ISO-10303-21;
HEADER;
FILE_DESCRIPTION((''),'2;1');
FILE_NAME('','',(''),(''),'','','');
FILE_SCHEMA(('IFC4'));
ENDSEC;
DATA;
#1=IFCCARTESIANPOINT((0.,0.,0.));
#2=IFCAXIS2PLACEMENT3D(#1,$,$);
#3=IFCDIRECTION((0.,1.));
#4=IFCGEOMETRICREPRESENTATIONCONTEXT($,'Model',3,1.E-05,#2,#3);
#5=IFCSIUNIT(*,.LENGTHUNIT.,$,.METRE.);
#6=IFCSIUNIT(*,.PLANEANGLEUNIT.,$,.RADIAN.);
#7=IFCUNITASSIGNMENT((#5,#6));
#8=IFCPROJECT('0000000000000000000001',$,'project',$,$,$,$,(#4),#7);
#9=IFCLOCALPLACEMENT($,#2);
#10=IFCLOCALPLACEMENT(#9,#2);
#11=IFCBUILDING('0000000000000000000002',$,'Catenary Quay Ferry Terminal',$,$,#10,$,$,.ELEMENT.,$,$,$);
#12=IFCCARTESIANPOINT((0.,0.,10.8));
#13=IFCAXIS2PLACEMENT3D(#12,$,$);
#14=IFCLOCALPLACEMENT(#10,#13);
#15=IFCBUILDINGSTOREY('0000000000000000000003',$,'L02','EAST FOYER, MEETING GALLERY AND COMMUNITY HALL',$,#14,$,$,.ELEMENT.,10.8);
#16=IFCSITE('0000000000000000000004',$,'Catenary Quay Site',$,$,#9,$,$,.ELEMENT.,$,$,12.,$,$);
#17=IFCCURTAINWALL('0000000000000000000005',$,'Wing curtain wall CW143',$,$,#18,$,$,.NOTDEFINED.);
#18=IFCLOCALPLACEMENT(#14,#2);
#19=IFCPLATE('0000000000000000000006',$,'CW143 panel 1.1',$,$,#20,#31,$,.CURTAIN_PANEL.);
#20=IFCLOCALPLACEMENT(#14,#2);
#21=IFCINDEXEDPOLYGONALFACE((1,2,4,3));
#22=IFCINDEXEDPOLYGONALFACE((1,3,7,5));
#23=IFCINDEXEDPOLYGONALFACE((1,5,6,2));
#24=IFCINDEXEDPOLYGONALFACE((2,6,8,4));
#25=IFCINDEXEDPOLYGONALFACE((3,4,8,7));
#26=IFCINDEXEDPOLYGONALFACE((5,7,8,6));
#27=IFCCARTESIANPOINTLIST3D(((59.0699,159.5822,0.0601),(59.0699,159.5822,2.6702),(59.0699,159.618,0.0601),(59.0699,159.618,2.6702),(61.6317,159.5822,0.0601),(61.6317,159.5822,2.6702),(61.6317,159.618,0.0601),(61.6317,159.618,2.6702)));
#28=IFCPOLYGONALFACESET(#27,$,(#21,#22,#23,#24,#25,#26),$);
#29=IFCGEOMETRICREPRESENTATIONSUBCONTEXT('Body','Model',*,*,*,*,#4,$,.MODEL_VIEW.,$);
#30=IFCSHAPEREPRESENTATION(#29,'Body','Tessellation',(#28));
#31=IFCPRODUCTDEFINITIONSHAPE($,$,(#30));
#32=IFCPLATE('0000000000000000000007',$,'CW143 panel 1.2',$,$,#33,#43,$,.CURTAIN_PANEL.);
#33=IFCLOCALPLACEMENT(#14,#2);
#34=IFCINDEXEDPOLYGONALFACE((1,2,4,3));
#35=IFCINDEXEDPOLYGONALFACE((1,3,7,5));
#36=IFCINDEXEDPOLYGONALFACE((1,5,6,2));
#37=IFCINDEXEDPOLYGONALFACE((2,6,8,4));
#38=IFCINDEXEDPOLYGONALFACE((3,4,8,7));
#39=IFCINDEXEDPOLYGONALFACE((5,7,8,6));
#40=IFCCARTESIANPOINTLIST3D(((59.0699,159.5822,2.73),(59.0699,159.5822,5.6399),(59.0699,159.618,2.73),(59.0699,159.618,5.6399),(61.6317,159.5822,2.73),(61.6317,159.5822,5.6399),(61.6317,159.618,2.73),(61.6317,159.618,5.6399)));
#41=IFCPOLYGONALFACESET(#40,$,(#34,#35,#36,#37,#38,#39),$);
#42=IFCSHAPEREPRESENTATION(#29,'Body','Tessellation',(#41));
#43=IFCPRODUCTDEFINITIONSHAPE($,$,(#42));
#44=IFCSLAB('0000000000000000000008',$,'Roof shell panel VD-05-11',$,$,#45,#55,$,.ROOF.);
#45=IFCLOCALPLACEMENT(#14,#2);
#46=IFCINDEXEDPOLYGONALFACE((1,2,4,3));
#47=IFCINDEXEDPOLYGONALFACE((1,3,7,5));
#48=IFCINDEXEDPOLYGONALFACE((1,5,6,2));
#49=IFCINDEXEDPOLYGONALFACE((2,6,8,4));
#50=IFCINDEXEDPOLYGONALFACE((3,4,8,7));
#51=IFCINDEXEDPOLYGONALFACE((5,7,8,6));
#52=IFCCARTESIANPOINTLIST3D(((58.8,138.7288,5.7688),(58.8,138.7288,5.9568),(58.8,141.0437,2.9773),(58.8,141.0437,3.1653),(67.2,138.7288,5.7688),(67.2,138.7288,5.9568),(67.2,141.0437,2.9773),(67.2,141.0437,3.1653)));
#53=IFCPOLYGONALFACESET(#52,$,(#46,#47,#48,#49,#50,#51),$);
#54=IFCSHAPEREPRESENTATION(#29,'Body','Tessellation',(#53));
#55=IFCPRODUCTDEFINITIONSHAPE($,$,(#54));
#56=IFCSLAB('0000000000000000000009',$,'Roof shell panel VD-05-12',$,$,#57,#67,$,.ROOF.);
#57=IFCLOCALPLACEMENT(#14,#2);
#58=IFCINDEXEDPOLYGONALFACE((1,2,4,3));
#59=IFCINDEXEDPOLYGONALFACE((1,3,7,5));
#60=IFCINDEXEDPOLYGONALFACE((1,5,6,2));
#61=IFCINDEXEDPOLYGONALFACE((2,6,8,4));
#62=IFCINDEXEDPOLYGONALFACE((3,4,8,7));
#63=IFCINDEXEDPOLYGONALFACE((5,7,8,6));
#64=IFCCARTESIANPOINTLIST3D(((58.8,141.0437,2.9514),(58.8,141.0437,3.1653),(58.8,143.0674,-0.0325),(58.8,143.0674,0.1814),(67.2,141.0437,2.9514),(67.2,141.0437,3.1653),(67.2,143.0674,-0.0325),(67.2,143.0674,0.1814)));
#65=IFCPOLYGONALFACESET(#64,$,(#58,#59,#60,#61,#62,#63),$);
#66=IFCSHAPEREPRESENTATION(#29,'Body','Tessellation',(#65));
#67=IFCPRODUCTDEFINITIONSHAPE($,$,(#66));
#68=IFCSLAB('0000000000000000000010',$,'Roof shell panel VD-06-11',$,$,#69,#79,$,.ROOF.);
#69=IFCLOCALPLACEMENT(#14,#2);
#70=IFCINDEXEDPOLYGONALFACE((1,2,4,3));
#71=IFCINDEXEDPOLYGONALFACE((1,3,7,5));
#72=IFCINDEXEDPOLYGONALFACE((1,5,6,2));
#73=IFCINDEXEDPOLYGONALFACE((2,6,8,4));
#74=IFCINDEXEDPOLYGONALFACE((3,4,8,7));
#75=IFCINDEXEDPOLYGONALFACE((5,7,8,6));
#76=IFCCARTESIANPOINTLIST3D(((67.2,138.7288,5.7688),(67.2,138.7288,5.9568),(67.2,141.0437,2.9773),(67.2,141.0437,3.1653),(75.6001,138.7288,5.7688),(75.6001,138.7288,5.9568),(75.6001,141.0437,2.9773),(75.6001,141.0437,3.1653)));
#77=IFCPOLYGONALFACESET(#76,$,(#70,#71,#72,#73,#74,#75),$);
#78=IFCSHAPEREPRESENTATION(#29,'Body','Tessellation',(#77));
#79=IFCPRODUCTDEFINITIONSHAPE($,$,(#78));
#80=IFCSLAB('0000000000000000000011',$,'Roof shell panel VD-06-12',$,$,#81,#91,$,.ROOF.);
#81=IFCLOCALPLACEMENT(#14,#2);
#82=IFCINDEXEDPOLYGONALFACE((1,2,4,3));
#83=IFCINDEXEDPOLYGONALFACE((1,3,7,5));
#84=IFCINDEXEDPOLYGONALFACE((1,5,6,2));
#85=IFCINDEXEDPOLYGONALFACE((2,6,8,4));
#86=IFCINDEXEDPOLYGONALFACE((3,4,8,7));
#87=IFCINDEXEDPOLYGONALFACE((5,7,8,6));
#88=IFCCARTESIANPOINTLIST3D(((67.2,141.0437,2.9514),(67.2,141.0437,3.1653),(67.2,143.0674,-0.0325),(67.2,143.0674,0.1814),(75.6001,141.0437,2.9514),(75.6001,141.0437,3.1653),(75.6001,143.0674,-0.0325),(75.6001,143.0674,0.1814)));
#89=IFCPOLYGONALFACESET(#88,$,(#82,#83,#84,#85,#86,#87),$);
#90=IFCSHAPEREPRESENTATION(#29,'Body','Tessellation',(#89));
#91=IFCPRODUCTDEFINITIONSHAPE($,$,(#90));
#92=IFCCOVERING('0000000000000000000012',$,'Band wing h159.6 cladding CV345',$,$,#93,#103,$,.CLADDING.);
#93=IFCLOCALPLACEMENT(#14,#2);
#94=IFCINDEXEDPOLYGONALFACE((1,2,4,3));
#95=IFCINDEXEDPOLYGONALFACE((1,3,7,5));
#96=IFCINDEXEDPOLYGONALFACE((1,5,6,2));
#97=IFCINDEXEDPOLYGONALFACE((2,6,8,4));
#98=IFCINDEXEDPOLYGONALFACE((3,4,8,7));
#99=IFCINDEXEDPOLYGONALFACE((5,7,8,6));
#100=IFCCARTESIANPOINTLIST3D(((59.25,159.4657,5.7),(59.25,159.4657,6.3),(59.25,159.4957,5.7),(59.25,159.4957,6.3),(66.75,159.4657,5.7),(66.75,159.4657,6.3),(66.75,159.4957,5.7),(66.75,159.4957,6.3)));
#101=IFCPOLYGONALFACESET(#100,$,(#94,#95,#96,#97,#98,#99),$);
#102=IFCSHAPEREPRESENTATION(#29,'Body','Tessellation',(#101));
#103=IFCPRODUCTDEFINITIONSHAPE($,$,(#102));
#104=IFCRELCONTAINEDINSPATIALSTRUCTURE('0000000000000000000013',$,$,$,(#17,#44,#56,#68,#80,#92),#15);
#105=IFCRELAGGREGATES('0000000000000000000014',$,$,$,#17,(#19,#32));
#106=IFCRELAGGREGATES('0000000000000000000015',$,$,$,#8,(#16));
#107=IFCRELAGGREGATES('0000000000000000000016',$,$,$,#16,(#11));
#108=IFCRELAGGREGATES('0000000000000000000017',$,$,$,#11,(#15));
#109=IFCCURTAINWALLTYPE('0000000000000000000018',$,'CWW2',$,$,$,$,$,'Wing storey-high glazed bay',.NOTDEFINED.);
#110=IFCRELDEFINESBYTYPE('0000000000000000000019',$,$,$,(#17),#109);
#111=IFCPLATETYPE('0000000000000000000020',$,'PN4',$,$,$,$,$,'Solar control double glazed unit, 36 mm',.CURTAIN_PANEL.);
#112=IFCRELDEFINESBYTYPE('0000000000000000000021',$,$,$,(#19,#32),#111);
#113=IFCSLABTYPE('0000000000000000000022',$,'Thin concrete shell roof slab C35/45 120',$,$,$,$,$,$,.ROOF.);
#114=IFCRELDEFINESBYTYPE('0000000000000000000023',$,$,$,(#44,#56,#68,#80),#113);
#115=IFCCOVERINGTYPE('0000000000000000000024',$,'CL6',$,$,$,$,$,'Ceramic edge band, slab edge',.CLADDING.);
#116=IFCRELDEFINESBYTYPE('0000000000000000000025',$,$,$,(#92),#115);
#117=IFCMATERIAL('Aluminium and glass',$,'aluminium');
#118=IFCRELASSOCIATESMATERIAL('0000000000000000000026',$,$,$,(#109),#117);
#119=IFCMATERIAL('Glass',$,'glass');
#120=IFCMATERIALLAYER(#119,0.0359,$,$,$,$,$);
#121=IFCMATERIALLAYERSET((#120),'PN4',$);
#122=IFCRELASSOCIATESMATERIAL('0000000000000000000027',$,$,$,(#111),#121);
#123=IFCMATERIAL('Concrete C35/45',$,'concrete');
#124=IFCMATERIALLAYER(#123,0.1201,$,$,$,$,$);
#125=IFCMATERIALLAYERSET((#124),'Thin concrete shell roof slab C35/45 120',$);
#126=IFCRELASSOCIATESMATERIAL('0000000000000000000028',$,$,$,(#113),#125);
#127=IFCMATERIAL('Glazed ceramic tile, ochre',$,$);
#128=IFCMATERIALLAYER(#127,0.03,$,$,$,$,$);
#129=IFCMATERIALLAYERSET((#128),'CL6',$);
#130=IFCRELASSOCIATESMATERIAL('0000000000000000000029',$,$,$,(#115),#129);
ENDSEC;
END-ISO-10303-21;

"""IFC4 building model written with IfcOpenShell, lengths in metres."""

from ifc_helpers import new_model, si_unit, direction, frame, origin, origin_2d, place, context, subcontext, project, spatial, polyline, rectangle, outline, extrude, material, layer, layer_set, type_object, element, aggregate, save


model = new_model("IFC4")

# Units and contexts
model_context = context("Model", 3, precision=1e-05, world=origin(), true_north=direction((0.0, 1.0)))
body_context = subcontext(model_context, "Body", "Model", "MODEL_VIEW")
ifc_project = project(units=[si_unit("LENGTHUNIT", "METRE"), si_unit("PLANEANGLEUNIT", "RADIAN")], contexts=[model_context])

# Site, building, storey
site_placement = place(None, origin())
site = spatial("IfcSite", under=ifc_project, at=site_placement, Name="Catenary Quay Site", CompositionType="ELEMENT", RefElevation=12.0)
building_placement = place(site_placement, origin())
building = spatial("IfcBuilding", under=site, at=building_placement, Name="Catenary Quay Ferry Terminal", CompositionType="ELEMENT")
storey_placement = place(building_placement, frame((0.0, 0.0, 10.8)))
storey = spatial("IfcBuildingStorey", under=building, at=storey_placement, Name="L02", Description="EAST FOYER, MEETING GALLERY AND COMMUNITY HALL", CompositionType="ELEMENT", Elevation=10.8)

# Curtain wall
ifc_material_1 = material(Name="Aluminium and glass", Category="aluminium")
curtain_wall_type = type_object("IfcCurtainWallType", Name="CWW2", ElementType="Wing storey-high glazed bay", PredefinedType="NOTDEFINED", material=ifc_material_1)
curtain_wall_1_placement = place(storey_placement, origin())
curtain_wall_1 = element("IfcCurtainWall", 1, at=curtain_wall_1_placement, inside=storey, type_object=curtain_wall_type, Name="Wing curtain wall CW143", PredefinedType="NOTDEFINED")

# Plates
ifc_material_2 = material(Name="Glass", Category="glass")
ifc_layer_1 = layer(ifc_material_2, 0.0359)
ifc_layer_set_1 = layer_set([ifc_layer_1], Name="PN4")
plate_type = type_object("IfcPlateType", Name="PN4", ElementType="Solar control double glazed unit, 36 mm", PredefinedType="CURTAIN_PANEL", material=ifc_layer_set_1)
plate_1_placement = place(storey_placement, frame((60.3508, 159.6001, 0.0601), z_axis=(0.0, 0.0, 1.0), x_axis=(1.0, 0.0, 0.0)))
plate_1 = element("IfcPlate", 2, at=plate_1_placement, type_object=plate_type, Name="CW143 panel 1.1", PredefinedType="CURTAIN_PANEL", context=body_context, shape_type="SweptSolid", body=[
    extrude(rectangle(XDim=2.5618, YDim=0.0359, at=origin_2d()), origin(), (0.0, 0.0, 1.0), 2.6101),
])
plate_2_placement = place(storey_placement, frame((60.3508, 159.6001, 2.73), z_axis=(0.0, 0.0, 1.0), x_axis=(1.0, 0.0, 0.0)))
plate_2 = element("IfcPlate", 3, at=plate_2_placement, type_object=plate_type, Name="CW143 panel 1.2", PredefinedType="CURTAIN_PANEL", context=body_context, shape_type="SweptSolid", body=[
    extrude(rectangle(XDim=2.5618, YDim=0.0359, at=origin_2d()), origin(), (0.0, 0.0, 1.0), 2.9099),
])
aggregate(curtain_wall_1, [plate_1, plate_2])

# Slabs
ifc_material_3 = material(Name="Concrete C35/45", Category="concrete")
ifc_layer_2 = layer(ifc_material_3, 0.1201)
ifc_layer_set_2 = layer_set([ifc_layer_2], Name="Thin concrete shell roof slab C35/45 120")
slab_type = type_object("IfcSlabType", Name="Thin concrete shell roof slab C35/45 120", PredefinedType="ROOF", material=ifc_layer_set_2)
slab_1_placement = place(storey_placement, frame((58.8, 138.7288, 5.9568), z_axis=(0.0, 0.769753, 0.638342), x_axis=(1.0, 0.0, 0.0)))
element("IfcSlab", 4, at=slab_1_placement, inside=storey, type_object=slab_type, Name="Roof shell panel VD-05-11", PredefinedType="ROOF", context=body_context, shape_type="SweptSolid", body=[
    extrude(outline(polyline([(0.0, 0.0), (8.3999, 0.0), (8.3999, 3.6265), (0.0, 3.6265), (0.0, 0.0)])), origin(), (0.0, 0.769753, -0.638342), 0.188),
])
slab_2_placement = place(storey_placement, frame((58.8, 141.0437, 3.1653), z_axis=(0.0, 0.827617, 0.561293), x_axis=(1.0, 0.0, 0.0)))
element("IfcSlab", 5, at=slab_2_placement, inside=storey, type_object=slab_type, Name="Roof shell panel VD-05-12", PredefinedType="ROOF", context=body_context, shape_type="SweptSolid", body=[
    extrude(outline(polyline([(0.0, 0.0), (8.3999, 0.0), (8.3999, 3.6054), (0.0, 3.6054), (0.0, 0.0)])), origin(), (0.0, 0.827617, -0.561293), 0.2139),
])
slab_3_placement = place(storey_placement, frame((67.2, 138.7288, 5.9568), z_axis=(0.0, 0.769753, 0.638342), x_axis=(1.0, 0.0, 0.0)))
element("IfcSlab", 6, at=slab_3_placement, inside=storey, type_object=slab_type, Name="Roof shell panel VD-06-11", PredefinedType="ROOF", context=body_context, shape_type="SweptSolid", body=[
    extrude(outline(polyline([(0.0, 0.0), (8.4001, 0.0), (8.4001, 3.6265), (0.0, 3.6265), (0.0, 0.0)])), origin(), (0.0, 0.769753, -0.638342), 0.188),
])
slab_4_placement = place(storey_placement, frame((67.2, 141.0437, 3.1653), z_axis=(0.0, 0.827617, 0.561293), x_axis=(1.0, 0.0, 0.0)))
element("IfcSlab", 7, at=slab_4_placement, inside=storey, type_object=slab_type, Name="Roof shell panel VD-06-12", PredefinedType="ROOF", context=body_context, shape_type="SweptSolid", body=[
    extrude(outline(polyline([(0.0, 0.0), (8.4001, 0.0), (8.4001, 3.6054), (0.0, 3.6054), (0.0, 0.0)])), origin(), (0.0, 0.827617, -0.561293), 0.2139),
])

# Covering
ifc_material_4 = material(Name="Glazed ceramic tile, ochre")
ifc_layer_3 = layer(ifc_material_4, 0.03)
ifc_layer_set_3 = layer_set([ifc_layer_3], Name="CL6")
covering_type = type_object("IfcCoveringType", Name="CL6", ElementType="Ceramic edge band, slab edge", PredefinedType="CLADDING", material=ifc_layer_set_3)
covering_placement = place(storey_placement, frame((63.0, 159.4807, 5.7), z_axis=(0.0, 0.0, 1.0), x_axis=(1.0, 0.0, 0.0)))
element("IfcCovering", 8, at=covering_placement, inside=storey, type_object=covering_type, Name="Band wing h159.6 cladding CV345", PredefinedType="CLADDING", context=body_context, shape_type="SweptSolid", body=[
    extrude(rectangle(XDim=7.5, YDim=0.03, at=origin_2d()), origin(), (0.0, 0.0, 1.0), 0.6001),
])

save(model, "model.ifc")
